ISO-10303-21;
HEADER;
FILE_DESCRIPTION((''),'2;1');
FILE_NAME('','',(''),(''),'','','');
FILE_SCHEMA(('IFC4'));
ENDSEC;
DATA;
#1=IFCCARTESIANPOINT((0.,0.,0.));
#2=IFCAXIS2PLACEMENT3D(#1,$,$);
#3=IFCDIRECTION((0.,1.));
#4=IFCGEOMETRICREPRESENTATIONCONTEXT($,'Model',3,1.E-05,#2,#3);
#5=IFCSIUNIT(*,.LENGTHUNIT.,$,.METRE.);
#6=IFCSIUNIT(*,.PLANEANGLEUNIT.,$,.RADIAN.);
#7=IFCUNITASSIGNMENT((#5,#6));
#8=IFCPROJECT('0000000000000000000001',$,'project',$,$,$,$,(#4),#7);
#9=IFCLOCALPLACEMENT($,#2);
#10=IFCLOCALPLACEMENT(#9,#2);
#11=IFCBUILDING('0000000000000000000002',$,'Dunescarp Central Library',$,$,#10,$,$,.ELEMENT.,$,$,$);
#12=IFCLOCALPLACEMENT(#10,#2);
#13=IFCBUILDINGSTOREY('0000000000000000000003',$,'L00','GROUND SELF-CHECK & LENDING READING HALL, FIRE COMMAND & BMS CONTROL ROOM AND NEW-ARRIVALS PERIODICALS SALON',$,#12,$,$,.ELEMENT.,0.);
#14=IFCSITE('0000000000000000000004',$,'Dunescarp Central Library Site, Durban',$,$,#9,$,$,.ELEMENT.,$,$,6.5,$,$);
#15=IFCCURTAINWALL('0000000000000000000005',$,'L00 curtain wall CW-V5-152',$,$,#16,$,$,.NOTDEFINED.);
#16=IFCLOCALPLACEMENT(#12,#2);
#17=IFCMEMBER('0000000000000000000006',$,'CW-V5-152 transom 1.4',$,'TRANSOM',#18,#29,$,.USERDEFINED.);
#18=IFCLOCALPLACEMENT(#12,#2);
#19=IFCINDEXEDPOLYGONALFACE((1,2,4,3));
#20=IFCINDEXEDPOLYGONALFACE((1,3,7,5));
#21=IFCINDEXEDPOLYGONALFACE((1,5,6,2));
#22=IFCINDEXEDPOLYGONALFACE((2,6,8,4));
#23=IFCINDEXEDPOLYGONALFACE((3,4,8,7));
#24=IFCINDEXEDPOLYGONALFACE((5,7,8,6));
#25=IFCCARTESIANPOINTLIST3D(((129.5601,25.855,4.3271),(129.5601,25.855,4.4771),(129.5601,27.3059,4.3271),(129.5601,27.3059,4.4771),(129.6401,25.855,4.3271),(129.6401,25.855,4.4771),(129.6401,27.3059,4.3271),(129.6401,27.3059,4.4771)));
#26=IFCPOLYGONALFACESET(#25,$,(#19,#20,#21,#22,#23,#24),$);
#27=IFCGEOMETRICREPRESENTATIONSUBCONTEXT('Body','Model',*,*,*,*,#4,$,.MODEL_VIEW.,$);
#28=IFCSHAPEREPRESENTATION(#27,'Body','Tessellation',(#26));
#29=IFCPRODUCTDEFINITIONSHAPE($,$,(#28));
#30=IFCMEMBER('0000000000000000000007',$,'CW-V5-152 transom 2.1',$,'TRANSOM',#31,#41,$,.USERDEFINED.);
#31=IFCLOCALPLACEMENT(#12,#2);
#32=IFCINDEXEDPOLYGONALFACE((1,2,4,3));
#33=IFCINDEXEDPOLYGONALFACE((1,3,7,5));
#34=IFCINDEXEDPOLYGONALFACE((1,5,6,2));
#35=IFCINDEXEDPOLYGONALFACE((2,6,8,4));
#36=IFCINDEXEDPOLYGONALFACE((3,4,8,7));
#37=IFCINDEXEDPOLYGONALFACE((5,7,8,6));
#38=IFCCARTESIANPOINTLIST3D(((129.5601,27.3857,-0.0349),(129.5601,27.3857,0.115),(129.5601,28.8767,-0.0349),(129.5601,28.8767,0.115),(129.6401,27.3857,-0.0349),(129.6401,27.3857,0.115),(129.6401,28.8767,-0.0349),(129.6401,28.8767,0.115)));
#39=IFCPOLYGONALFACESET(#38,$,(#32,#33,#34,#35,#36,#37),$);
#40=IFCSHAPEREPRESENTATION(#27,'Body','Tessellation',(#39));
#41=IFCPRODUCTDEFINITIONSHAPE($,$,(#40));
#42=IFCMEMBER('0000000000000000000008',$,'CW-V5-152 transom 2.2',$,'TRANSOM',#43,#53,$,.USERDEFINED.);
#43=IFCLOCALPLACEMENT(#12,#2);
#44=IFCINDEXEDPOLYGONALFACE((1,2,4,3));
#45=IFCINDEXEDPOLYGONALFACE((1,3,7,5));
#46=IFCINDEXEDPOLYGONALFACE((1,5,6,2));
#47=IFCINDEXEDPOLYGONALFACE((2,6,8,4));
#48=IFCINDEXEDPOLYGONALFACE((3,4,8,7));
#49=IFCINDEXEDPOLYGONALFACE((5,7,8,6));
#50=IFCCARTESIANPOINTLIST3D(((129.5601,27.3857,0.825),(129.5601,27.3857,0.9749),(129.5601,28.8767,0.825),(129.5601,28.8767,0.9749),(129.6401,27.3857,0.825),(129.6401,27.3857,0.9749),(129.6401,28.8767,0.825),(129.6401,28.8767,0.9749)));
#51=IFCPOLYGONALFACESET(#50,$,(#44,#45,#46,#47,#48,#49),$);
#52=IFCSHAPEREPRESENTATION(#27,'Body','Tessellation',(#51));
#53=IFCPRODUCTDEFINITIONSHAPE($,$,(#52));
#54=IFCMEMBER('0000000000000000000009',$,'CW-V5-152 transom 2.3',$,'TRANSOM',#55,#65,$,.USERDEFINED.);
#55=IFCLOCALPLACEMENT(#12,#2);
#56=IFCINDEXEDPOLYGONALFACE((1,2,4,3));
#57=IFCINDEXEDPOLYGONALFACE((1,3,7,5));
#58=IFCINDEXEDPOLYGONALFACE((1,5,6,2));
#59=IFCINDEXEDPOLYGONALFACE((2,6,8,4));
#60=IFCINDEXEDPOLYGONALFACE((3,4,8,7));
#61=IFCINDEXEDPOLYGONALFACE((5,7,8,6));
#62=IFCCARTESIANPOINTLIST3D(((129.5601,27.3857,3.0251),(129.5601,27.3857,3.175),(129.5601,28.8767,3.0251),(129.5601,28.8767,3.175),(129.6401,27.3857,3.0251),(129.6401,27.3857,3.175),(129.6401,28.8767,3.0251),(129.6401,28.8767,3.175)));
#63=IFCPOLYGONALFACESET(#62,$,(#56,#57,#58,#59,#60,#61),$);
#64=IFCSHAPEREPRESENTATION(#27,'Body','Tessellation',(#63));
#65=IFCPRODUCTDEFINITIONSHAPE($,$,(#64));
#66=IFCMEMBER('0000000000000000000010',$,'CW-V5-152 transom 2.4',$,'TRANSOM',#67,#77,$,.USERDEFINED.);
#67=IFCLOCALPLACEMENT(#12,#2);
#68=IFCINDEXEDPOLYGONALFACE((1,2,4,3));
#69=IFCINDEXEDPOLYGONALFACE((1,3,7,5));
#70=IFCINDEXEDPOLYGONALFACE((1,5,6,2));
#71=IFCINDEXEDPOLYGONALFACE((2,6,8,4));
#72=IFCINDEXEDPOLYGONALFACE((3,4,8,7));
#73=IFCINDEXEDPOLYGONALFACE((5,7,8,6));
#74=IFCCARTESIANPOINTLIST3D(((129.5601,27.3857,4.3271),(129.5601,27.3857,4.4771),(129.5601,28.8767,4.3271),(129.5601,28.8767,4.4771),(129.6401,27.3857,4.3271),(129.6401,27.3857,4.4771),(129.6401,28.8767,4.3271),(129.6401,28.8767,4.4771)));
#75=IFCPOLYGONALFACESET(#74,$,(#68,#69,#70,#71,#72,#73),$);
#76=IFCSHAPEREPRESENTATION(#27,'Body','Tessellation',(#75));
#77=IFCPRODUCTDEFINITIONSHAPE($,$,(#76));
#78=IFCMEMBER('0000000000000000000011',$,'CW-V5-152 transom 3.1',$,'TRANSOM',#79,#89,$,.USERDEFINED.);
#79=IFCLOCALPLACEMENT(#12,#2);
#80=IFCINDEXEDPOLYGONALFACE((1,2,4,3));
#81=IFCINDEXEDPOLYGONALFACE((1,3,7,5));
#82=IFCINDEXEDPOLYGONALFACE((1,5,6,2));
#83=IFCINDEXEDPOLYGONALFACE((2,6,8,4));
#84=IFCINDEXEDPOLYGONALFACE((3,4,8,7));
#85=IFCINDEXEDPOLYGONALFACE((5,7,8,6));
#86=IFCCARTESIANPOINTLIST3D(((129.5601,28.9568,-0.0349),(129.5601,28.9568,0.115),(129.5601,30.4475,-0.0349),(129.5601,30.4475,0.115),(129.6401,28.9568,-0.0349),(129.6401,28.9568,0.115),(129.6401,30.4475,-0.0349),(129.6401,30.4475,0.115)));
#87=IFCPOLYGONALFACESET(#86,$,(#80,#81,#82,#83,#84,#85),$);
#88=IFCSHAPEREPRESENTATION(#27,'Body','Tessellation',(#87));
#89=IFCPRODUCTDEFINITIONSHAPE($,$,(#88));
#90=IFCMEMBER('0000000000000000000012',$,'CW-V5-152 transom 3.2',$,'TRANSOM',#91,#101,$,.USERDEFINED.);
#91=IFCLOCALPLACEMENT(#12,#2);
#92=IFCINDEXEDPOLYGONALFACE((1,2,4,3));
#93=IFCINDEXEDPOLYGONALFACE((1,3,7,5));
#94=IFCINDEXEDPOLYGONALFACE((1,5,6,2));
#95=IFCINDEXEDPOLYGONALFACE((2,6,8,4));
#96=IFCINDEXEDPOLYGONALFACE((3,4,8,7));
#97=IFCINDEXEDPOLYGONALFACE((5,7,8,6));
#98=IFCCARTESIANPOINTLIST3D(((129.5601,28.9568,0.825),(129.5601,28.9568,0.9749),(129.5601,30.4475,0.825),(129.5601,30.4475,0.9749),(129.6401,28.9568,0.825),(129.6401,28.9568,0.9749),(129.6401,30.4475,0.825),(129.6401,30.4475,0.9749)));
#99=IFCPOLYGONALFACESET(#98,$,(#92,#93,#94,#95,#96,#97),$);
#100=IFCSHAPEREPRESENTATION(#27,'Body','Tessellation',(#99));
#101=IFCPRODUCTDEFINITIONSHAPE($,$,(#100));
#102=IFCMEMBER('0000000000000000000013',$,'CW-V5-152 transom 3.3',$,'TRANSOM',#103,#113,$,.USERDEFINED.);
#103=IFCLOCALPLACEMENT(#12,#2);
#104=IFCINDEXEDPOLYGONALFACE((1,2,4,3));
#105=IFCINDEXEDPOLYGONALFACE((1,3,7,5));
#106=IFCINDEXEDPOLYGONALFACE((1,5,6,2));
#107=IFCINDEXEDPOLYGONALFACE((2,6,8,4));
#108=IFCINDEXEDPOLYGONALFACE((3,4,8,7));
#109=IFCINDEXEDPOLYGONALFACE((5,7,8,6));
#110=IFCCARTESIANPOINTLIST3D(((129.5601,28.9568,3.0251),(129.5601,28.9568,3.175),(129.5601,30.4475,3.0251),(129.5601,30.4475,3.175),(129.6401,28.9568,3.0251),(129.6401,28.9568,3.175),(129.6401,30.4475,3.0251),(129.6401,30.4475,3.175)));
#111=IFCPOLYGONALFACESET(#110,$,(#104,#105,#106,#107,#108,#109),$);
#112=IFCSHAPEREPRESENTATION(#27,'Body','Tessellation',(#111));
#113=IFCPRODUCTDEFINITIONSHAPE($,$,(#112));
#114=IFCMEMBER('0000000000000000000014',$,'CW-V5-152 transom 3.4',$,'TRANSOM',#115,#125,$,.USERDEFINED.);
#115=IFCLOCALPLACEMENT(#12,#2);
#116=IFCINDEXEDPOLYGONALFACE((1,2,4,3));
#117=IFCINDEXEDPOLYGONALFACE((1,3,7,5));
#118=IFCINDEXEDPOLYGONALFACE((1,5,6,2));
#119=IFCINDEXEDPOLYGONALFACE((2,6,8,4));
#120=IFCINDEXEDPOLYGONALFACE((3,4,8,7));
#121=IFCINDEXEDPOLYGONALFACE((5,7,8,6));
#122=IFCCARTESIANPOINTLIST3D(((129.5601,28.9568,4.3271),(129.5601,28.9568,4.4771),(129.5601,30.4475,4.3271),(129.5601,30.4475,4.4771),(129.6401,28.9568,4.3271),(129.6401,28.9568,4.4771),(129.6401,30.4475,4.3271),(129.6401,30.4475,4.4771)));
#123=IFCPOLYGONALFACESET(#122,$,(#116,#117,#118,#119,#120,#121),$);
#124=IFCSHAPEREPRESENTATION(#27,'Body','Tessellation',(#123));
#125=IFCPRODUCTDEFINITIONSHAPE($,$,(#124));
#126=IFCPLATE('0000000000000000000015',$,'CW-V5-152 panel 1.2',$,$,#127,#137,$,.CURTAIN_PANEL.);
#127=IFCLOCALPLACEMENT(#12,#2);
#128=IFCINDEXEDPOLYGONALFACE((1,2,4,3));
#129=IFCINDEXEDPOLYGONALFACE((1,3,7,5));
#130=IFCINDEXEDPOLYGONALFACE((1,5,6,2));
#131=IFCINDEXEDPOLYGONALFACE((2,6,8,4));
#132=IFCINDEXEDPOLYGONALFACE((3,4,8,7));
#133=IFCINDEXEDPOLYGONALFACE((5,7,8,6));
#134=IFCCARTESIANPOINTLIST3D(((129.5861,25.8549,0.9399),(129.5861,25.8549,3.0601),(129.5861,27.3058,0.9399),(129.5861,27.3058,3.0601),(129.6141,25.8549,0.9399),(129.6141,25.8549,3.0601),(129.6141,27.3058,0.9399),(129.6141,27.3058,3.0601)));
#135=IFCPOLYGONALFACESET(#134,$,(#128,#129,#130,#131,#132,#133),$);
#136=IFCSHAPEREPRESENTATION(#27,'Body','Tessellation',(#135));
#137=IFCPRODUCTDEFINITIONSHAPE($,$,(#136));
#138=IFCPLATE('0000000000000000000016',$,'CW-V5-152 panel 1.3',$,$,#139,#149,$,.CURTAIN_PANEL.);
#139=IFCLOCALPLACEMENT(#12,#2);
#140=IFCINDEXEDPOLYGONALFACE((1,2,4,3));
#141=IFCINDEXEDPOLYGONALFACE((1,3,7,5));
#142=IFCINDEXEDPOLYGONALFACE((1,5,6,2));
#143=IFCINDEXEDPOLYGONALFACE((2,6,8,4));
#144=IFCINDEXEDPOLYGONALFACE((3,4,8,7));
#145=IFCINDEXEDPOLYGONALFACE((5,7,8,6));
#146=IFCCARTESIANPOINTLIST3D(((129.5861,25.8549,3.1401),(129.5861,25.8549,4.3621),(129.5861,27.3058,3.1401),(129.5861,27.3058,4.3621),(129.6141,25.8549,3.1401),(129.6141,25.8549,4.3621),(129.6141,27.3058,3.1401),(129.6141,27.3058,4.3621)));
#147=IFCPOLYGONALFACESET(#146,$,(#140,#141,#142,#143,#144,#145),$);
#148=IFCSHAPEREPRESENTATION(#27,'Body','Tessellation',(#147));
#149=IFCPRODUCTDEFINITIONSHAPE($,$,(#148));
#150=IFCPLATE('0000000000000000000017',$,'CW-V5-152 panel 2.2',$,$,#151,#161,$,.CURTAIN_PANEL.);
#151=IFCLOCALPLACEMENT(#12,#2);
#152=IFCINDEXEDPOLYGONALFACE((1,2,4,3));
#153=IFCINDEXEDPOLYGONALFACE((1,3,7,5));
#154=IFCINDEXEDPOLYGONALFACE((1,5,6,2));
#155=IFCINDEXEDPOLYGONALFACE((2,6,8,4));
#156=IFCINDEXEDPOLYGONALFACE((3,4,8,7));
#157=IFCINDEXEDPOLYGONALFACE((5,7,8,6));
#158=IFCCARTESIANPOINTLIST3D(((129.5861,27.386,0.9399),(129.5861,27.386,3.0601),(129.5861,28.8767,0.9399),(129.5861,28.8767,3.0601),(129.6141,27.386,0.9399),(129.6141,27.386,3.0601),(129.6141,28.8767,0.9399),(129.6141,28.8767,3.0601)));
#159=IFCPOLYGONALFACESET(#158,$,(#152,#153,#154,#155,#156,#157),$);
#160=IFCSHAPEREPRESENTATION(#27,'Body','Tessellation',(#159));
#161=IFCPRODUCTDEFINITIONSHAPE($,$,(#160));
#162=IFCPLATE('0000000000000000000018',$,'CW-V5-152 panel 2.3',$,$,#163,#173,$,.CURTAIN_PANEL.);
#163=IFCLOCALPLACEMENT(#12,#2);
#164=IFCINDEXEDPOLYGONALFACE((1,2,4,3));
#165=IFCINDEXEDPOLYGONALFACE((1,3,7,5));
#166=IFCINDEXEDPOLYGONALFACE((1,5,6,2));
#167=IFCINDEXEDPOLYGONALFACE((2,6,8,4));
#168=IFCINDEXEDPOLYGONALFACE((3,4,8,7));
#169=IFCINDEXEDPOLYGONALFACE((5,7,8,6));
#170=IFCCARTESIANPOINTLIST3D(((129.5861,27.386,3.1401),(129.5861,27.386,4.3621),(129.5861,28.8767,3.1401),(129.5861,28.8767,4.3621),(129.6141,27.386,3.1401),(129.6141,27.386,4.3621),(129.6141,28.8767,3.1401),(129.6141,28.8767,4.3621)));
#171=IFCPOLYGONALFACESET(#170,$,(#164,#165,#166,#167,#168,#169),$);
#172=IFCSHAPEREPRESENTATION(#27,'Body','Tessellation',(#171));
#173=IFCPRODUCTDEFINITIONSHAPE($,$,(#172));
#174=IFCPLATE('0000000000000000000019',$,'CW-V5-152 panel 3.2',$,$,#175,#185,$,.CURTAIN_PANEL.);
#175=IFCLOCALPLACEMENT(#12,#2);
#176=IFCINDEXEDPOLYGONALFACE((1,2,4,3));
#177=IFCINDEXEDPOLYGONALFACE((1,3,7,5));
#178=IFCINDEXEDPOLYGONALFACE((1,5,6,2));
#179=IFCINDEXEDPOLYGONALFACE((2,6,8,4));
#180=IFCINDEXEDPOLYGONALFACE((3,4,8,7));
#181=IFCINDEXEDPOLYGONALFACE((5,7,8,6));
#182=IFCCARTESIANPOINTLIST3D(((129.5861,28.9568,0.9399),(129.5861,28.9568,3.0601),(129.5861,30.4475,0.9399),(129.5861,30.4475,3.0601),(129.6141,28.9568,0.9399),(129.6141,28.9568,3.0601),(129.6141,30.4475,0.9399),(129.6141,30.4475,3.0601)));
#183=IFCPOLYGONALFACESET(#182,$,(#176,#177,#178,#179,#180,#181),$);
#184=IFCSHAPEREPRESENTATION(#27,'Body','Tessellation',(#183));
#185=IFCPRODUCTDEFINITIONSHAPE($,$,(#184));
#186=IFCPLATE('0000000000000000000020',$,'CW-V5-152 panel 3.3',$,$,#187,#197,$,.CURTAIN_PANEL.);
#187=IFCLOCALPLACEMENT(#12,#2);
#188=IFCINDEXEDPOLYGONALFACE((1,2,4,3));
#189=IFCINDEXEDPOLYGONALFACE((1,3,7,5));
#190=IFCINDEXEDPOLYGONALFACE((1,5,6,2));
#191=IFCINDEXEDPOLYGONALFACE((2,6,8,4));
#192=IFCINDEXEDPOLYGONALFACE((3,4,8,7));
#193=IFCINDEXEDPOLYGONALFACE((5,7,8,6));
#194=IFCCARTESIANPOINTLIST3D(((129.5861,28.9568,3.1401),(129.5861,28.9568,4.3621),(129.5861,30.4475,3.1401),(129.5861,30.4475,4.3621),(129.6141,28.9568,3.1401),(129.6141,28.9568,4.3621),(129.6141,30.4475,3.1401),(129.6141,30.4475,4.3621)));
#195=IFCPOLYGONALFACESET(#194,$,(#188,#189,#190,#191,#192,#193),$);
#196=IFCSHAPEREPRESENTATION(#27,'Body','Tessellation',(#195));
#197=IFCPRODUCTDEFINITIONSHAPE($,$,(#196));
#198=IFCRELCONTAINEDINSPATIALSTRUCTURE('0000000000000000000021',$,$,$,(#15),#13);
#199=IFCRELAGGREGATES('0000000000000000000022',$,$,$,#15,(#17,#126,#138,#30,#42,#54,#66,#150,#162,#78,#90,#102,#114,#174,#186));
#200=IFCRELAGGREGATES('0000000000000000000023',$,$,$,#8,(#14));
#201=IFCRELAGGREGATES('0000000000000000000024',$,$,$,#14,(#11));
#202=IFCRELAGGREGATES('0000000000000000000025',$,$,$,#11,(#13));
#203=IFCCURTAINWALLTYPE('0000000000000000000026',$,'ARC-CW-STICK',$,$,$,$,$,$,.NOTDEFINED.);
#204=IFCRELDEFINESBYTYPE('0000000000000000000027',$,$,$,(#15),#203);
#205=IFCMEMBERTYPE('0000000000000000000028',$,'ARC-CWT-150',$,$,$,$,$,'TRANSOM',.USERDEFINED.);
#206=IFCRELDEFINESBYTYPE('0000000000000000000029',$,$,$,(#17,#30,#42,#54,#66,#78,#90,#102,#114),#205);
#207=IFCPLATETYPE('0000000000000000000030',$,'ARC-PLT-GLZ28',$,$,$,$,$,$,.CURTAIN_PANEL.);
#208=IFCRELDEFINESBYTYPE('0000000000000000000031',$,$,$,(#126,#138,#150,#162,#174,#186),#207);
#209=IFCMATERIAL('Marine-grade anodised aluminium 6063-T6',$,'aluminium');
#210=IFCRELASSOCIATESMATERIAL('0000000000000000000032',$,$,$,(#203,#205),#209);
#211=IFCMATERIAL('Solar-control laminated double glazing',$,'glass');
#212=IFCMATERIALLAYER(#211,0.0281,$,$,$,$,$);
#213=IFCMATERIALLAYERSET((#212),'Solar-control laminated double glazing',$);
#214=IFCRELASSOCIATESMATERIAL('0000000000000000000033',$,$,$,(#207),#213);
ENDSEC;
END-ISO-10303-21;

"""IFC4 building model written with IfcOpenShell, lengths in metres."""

from ifc_helpers import new_model, si_unit, direction, frame, origin, origin_2d, place, context, subcontext, project, spatial, rectangle, extrude, material, layer, layer_set, material_profile, profile_set, type_object, element, aggregate, save


model = new_model("IFC4")

# Units and contexts
model_context = context("Model", 3, precision=1e-05, world=origin(), true_north=direction((0.0, 1.0)))
body_context = subcontext(model_context, "Body", "Model", "MODEL_VIEW")
ifc_project = project(units=[si_unit("LENGTHUNIT", "METRE"), si_unit("PLANEANGLEUNIT", "RADIAN")], contexts=[model_context])

# Site, building, storey
site_placement = place(None, origin())
site = spatial("IfcSite", under=ifc_project, at=site_placement, Name="Dunescarp Central Library Site, Durban", CompositionType="ELEMENT", RefElevation=6.5)
building_placement = place(site_placement, origin())
building = spatial("IfcBuilding", under=site, at=building_placement, Name="Dunescarp Central Library", CompositionType="ELEMENT")
storey_placement = place(building_placement, origin())
storey = spatial("IfcBuildingStorey", under=building, at=storey_placement, Name="L00", Description="GROUND SELF-CHECK & LENDING READING HALL, FIRE COMMAND & BMS CONTROL ROOM AND NEW-ARRIVALS PERIODICALS SALON", CompositionType="ELEMENT", Elevation=0.0)

# Curtain wall, members, plates
ifc_material_1 = material(Name="Marine-grade anodised aluminium 6063-T6", Category="aluminium")
curtain_wall_type = type_object("IfcCurtainWallType", Name="ARC-CW-STICK", PredefinedType="NOTDEFINED", material=ifc_material_1)
curtain_wall_placement = place(storey_placement, origin())
curtain_wall = element("IfcCurtainWall", 1, at=curtain_wall_placement, inside=storey, type_object=curtain_wall_type, Name="L00 curtain wall CW-V5-152", PredefinedType="NOTDEFINED")
ifc_material_profile_1 = material_profile(ifc_material_1, rectangle(XDim=0.0801, YDim=0.1499, at=origin_2d()), Name="AL 80x150")
ifc_profile_set_1 = profile_set([ifc_material_profile_1], Name="Marine-grade anodised aluminium 6063-T6")
member_type_1 = type_object("IfcMemberType", Name="ARC-CWT-150", ElementType="TRANSOM", PredefinedType="USERDEFINED", material=ifc_profile_set_1)
member_1_placement = place(storey_placement, frame((129.6001, 25.855, 4.4021), z_axis=(0.0, 1.0, 0.0), x_axis=(-1.0, 0.0, 0.0)))
member_1 = element("IfcMember", 2, at=member_1_placement, type_object=member_type_1, Name="CW-V5-152 transom 1.4", ObjectType="TRANSOM", PredefinedType="USERDEFINED", context=body_context, shape_type="SweptSolid", body=[
    extrude(rectangle(XDim=0.0801, YDim=0.1499, at=origin_2d()), origin(), (0.0, 0.0, 1.0), 1.4509),
])
member_2_placement = place(storey_placement, frame((129.6001, 27.3857, 0.04), z_axis=(0.0, 1.0, 0.0), x_axis=(-1.0, 0.0, 0.0)))
member_2 = element("IfcMember", 3, at=member_2_placement, type_object=member_type_1, Name="CW-V5-152 transom 2.1", ObjectType="TRANSOM", PredefinedType="USERDEFINED", context=body_context, shape_type="SweptSolid", body=[
    extrude(rectangle(XDim=0.0801, YDim=0.1499, at=origin_2d()), origin(), (0.0, 0.0, 1.0), 1.491),
])
member_3_placement = place(storey_placement, frame((129.6001, 27.3857, 0.8999), z_axis=(0.0, 1.0, 0.0), x_axis=(-1.0, 0.0, 0.0)))
member_3 = element("IfcMember", 4, at=member_3_placement, type_object=member_type_1, Name="CW-V5-152 transom 2.2", ObjectType="TRANSOM", PredefinedType="USERDEFINED", context=body_context, shape_type="SweptSolid", body=[
    extrude(rectangle(XDim=0.0801, YDim=0.1499, at=origin_2d()), origin(), (0.0, 0.0, 1.0), 1.491),
])
member_4_placement = place(storey_placement, frame((129.6001, 27.3857, 3.1001), z_axis=(0.0, 1.0, 0.0), x_axis=(-1.0, 0.0, 0.0)))
member_4 = element("IfcMember", 5, at=member_4_placement, type_object=member_type_1, Name="CW-V5-152 transom 2.3", ObjectType="TRANSOM", PredefinedType="USERDEFINED", context=body_context, shape_type="SweptSolid", body=[
    extrude(rectangle(XDim=0.0801, YDim=0.1499, at=origin_2d()), origin(), (0.0, 0.0, 1.0), 1.491),
])
member_5_placement = place(storey_placement, frame((129.6001, 27.3857, 4.4021), z_axis=(0.0, 1.0, 0.0), x_axis=(-1.0, 0.0, 0.0)))
member_5 = element("IfcMember", 6, at=member_5_placement, type_object=member_type_1, Name="CW-V5-152 transom 2.4", ObjectType="TRANSOM", PredefinedType="USERDEFINED", context=body_context, shape_type="SweptSolid", body=[
    extrude(rectangle(XDim=0.0801, YDim=0.1499, at=origin_2d()), origin(), (0.0, 0.0, 1.0), 1.491),
])
member_6_placement = place(storey_placement, frame((129.6001, 28.9568, 0.04), z_axis=(0.0, 1.0, 0.0), x_axis=(-1.0, 0.0, 0.0)))
member_6 = element("IfcMember", 7, at=member_6_placement, type_object=member_type_1, Name="CW-V5-152 transom 3.1", ObjectType="TRANSOM", PredefinedType="USERDEFINED", context=body_context, shape_type="SweptSolid", body=[
    extrude(rectangle(XDim=0.0801, YDim=0.1499, at=origin_2d()), origin(), (0.0, 0.0, 1.0), 1.4907),
])
member_7_placement = place(storey_placement, frame((129.6001, 28.9568, 0.8999), z_axis=(0.0, 1.0, 0.0), x_axis=(-1.0, 0.0, 0.0)))
member_7 = element("IfcMember", 8, at=member_7_placement, type_object=member_type_1, Name="CW-V5-152 transom 3.2", ObjectType="TRANSOM", PredefinedType="USERDEFINED", context=body_context, shape_type="SweptSolid", body=[
    extrude(rectangle(XDim=0.0801, YDim=0.1499, at=origin_2d()), origin(), (0.0, 0.0, 1.0), 1.4907),
])
member_8_placement = place(storey_placement, frame((129.6001, 28.9568, 3.1001), z_axis=(0.0, 1.0, 0.0), x_axis=(-1.0, 0.0, 0.0)))
member_8 = element("IfcMember", 9, at=member_8_placement, type_object=member_type_1, Name="CW-V5-152 transom 3.3", ObjectType="TRANSOM", PredefinedType="USERDEFINED", context=body_context, shape_type="SweptSolid", body=[
    extrude(rectangle(XDim=0.0801, YDim=0.1499, at=origin_2d()), origin(), (0.0, 0.0, 1.0), 1.4907),
])
member_9_placement = place(storey_placement, frame((129.6001, 28.9568, 4.4021), z_axis=(0.0, 1.0, 0.0), x_axis=(-1.0, 0.0, 0.0)))
member_9 = element("IfcMember", 10, at=member_9_placement, type_object=member_type_1, Name="CW-V5-152 transom 3.4", ObjectType="TRANSOM", PredefinedType="USERDEFINED", context=body_context, shape_type="SweptSolid", body=[
    extrude(rectangle(XDim=0.0801, YDim=0.1499, at=origin_2d()), origin(), (0.0, 0.0, 1.0), 1.4907),
])
ifc_material_2 = material(Name="Solar-control laminated double glazing", Category="glass")
ifc_layer_1 = layer(ifc_material_2, 0.0281)
ifc_layer_set_1 = layer_set([ifc_layer_1], Name="Solar-control laminated double glazing")
plate_type_1 = type_object("IfcPlateType", Name="ARC-PLT-GLZ28", PredefinedType="CURTAIN_PANEL", material=ifc_layer_set_1)
plate_1_placement = place(storey_placement, frame((129.6001, 26.5803, 0.9399), z_axis=(0.0, 0.0, 1.0), x_axis=(0.0, 1.0, 0.0)))
plate_1 = element("IfcPlate", 11, at=plate_1_placement, type_object=plate_type_1, Name="CW-V5-152 panel 1.2", PredefinedType="CURTAIN_PANEL", context=body_context, shape_type="SweptSolid", body=[
    extrude(rectangle(XDim=1.4509, YDim=0.0281, at=origin_2d()), origin(), (0.0, 0.0, 1.0), 2.1201),
])
plate_2_placement = place(storey_placement, frame((129.6001, 26.5803, 3.1401), z_axis=(0.0, 0.0, 1.0), x_axis=(0.0, 1.0, 0.0)))
plate_2 = element("IfcPlate", 12, at=plate_2_placement, type_object=plate_type_1, Name="CW-V5-152 panel 1.3", PredefinedType="CURTAIN_PANEL", context=body_context, shape_type="SweptSolid", body=[
    extrude(rectangle(XDim=1.4509, YDim=0.0281, at=origin_2d()), origin(), (0.0, 0.0, 1.0), 1.2219),
])
plate_3_placement = place(storey_placement, frame((129.6001, 28.1313, 0.9399), z_axis=(0.0, 0.0, 1.0), x_axis=(0.0, 1.0, 0.0)))
plate_3 = element("IfcPlate", 13, at=plate_3_placement, type_object=plate_type_1, Name="CW-V5-152 panel 2.2", PredefinedType="CURTAIN_PANEL", context=body_context, shape_type="SweptSolid", body=[
    extrude(rectangle(XDim=1.4907, YDim=0.0281, at=origin_2d()), origin(), (0.0, 0.0, 1.0), 2.1201),
])
plate_4_placement = place(storey_placement, frame((129.6001, 28.1313, 3.1401), z_axis=(0.0, 0.0, 1.0), x_axis=(0.0, 1.0, 0.0)))
plate_4 = element("IfcPlate", 14, at=plate_4_placement, type_object=plate_type_1, Name="CW-V5-152 panel 2.3", PredefinedType="CURTAIN_PANEL", context=body_context, shape_type="SweptSolid", body=[
    extrude(rectangle(XDim=1.4907, YDim=0.0281, at=origin_2d()), origin(), (0.0, 0.0, 1.0), 1.2219),
])
plate_5_placement = place(storey_placement, frame((129.6001, 29.7021, 0.9399), z_axis=(0.0, 0.0, 1.0), x_axis=(0.0, 1.0, 0.0)))
plate_5 = element("IfcPlate", 15, at=plate_5_placement, type_object=plate_type_1, Name="CW-V5-152 panel 3.2", PredefinedType="CURTAIN_PANEL", context=body_context, shape_type="SweptSolid", body=[
    extrude(rectangle(XDim=1.4907, YDim=0.0281, at=origin_2d()), origin(), (0.0, 0.0, 1.0), 2.1201),
])
plate_6_placement = place(storey_placement, frame((129.6001, 29.7021, 3.1401), z_axis=(0.0, 0.0, 1.0), x_axis=(0.0, 1.0, 0.0)))
plate_6 = element("IfcPlate", 16, at=plate_6_placement, type_object=plate_type_1, Name="CW-V5-152 panel 3.3", PredefinedType="CURTAIN_PANEL", context=body_context, shape_type="SweptSolid", body=[
    extrude(rectangle(XDim=1.4907, YDim=0.0281, at=origin_2d()), origin(), (0.0, 0.0, 1.0), 1.2219),
])
aggregate(curtain_wall, [member_1, plate_1, plate_2, member_2, member_3, member_4, member_5, plate_3, plate_4, member_6, member_7, member_8, member_9, plate_5, plate_6])

save(model, "model.ifc")
